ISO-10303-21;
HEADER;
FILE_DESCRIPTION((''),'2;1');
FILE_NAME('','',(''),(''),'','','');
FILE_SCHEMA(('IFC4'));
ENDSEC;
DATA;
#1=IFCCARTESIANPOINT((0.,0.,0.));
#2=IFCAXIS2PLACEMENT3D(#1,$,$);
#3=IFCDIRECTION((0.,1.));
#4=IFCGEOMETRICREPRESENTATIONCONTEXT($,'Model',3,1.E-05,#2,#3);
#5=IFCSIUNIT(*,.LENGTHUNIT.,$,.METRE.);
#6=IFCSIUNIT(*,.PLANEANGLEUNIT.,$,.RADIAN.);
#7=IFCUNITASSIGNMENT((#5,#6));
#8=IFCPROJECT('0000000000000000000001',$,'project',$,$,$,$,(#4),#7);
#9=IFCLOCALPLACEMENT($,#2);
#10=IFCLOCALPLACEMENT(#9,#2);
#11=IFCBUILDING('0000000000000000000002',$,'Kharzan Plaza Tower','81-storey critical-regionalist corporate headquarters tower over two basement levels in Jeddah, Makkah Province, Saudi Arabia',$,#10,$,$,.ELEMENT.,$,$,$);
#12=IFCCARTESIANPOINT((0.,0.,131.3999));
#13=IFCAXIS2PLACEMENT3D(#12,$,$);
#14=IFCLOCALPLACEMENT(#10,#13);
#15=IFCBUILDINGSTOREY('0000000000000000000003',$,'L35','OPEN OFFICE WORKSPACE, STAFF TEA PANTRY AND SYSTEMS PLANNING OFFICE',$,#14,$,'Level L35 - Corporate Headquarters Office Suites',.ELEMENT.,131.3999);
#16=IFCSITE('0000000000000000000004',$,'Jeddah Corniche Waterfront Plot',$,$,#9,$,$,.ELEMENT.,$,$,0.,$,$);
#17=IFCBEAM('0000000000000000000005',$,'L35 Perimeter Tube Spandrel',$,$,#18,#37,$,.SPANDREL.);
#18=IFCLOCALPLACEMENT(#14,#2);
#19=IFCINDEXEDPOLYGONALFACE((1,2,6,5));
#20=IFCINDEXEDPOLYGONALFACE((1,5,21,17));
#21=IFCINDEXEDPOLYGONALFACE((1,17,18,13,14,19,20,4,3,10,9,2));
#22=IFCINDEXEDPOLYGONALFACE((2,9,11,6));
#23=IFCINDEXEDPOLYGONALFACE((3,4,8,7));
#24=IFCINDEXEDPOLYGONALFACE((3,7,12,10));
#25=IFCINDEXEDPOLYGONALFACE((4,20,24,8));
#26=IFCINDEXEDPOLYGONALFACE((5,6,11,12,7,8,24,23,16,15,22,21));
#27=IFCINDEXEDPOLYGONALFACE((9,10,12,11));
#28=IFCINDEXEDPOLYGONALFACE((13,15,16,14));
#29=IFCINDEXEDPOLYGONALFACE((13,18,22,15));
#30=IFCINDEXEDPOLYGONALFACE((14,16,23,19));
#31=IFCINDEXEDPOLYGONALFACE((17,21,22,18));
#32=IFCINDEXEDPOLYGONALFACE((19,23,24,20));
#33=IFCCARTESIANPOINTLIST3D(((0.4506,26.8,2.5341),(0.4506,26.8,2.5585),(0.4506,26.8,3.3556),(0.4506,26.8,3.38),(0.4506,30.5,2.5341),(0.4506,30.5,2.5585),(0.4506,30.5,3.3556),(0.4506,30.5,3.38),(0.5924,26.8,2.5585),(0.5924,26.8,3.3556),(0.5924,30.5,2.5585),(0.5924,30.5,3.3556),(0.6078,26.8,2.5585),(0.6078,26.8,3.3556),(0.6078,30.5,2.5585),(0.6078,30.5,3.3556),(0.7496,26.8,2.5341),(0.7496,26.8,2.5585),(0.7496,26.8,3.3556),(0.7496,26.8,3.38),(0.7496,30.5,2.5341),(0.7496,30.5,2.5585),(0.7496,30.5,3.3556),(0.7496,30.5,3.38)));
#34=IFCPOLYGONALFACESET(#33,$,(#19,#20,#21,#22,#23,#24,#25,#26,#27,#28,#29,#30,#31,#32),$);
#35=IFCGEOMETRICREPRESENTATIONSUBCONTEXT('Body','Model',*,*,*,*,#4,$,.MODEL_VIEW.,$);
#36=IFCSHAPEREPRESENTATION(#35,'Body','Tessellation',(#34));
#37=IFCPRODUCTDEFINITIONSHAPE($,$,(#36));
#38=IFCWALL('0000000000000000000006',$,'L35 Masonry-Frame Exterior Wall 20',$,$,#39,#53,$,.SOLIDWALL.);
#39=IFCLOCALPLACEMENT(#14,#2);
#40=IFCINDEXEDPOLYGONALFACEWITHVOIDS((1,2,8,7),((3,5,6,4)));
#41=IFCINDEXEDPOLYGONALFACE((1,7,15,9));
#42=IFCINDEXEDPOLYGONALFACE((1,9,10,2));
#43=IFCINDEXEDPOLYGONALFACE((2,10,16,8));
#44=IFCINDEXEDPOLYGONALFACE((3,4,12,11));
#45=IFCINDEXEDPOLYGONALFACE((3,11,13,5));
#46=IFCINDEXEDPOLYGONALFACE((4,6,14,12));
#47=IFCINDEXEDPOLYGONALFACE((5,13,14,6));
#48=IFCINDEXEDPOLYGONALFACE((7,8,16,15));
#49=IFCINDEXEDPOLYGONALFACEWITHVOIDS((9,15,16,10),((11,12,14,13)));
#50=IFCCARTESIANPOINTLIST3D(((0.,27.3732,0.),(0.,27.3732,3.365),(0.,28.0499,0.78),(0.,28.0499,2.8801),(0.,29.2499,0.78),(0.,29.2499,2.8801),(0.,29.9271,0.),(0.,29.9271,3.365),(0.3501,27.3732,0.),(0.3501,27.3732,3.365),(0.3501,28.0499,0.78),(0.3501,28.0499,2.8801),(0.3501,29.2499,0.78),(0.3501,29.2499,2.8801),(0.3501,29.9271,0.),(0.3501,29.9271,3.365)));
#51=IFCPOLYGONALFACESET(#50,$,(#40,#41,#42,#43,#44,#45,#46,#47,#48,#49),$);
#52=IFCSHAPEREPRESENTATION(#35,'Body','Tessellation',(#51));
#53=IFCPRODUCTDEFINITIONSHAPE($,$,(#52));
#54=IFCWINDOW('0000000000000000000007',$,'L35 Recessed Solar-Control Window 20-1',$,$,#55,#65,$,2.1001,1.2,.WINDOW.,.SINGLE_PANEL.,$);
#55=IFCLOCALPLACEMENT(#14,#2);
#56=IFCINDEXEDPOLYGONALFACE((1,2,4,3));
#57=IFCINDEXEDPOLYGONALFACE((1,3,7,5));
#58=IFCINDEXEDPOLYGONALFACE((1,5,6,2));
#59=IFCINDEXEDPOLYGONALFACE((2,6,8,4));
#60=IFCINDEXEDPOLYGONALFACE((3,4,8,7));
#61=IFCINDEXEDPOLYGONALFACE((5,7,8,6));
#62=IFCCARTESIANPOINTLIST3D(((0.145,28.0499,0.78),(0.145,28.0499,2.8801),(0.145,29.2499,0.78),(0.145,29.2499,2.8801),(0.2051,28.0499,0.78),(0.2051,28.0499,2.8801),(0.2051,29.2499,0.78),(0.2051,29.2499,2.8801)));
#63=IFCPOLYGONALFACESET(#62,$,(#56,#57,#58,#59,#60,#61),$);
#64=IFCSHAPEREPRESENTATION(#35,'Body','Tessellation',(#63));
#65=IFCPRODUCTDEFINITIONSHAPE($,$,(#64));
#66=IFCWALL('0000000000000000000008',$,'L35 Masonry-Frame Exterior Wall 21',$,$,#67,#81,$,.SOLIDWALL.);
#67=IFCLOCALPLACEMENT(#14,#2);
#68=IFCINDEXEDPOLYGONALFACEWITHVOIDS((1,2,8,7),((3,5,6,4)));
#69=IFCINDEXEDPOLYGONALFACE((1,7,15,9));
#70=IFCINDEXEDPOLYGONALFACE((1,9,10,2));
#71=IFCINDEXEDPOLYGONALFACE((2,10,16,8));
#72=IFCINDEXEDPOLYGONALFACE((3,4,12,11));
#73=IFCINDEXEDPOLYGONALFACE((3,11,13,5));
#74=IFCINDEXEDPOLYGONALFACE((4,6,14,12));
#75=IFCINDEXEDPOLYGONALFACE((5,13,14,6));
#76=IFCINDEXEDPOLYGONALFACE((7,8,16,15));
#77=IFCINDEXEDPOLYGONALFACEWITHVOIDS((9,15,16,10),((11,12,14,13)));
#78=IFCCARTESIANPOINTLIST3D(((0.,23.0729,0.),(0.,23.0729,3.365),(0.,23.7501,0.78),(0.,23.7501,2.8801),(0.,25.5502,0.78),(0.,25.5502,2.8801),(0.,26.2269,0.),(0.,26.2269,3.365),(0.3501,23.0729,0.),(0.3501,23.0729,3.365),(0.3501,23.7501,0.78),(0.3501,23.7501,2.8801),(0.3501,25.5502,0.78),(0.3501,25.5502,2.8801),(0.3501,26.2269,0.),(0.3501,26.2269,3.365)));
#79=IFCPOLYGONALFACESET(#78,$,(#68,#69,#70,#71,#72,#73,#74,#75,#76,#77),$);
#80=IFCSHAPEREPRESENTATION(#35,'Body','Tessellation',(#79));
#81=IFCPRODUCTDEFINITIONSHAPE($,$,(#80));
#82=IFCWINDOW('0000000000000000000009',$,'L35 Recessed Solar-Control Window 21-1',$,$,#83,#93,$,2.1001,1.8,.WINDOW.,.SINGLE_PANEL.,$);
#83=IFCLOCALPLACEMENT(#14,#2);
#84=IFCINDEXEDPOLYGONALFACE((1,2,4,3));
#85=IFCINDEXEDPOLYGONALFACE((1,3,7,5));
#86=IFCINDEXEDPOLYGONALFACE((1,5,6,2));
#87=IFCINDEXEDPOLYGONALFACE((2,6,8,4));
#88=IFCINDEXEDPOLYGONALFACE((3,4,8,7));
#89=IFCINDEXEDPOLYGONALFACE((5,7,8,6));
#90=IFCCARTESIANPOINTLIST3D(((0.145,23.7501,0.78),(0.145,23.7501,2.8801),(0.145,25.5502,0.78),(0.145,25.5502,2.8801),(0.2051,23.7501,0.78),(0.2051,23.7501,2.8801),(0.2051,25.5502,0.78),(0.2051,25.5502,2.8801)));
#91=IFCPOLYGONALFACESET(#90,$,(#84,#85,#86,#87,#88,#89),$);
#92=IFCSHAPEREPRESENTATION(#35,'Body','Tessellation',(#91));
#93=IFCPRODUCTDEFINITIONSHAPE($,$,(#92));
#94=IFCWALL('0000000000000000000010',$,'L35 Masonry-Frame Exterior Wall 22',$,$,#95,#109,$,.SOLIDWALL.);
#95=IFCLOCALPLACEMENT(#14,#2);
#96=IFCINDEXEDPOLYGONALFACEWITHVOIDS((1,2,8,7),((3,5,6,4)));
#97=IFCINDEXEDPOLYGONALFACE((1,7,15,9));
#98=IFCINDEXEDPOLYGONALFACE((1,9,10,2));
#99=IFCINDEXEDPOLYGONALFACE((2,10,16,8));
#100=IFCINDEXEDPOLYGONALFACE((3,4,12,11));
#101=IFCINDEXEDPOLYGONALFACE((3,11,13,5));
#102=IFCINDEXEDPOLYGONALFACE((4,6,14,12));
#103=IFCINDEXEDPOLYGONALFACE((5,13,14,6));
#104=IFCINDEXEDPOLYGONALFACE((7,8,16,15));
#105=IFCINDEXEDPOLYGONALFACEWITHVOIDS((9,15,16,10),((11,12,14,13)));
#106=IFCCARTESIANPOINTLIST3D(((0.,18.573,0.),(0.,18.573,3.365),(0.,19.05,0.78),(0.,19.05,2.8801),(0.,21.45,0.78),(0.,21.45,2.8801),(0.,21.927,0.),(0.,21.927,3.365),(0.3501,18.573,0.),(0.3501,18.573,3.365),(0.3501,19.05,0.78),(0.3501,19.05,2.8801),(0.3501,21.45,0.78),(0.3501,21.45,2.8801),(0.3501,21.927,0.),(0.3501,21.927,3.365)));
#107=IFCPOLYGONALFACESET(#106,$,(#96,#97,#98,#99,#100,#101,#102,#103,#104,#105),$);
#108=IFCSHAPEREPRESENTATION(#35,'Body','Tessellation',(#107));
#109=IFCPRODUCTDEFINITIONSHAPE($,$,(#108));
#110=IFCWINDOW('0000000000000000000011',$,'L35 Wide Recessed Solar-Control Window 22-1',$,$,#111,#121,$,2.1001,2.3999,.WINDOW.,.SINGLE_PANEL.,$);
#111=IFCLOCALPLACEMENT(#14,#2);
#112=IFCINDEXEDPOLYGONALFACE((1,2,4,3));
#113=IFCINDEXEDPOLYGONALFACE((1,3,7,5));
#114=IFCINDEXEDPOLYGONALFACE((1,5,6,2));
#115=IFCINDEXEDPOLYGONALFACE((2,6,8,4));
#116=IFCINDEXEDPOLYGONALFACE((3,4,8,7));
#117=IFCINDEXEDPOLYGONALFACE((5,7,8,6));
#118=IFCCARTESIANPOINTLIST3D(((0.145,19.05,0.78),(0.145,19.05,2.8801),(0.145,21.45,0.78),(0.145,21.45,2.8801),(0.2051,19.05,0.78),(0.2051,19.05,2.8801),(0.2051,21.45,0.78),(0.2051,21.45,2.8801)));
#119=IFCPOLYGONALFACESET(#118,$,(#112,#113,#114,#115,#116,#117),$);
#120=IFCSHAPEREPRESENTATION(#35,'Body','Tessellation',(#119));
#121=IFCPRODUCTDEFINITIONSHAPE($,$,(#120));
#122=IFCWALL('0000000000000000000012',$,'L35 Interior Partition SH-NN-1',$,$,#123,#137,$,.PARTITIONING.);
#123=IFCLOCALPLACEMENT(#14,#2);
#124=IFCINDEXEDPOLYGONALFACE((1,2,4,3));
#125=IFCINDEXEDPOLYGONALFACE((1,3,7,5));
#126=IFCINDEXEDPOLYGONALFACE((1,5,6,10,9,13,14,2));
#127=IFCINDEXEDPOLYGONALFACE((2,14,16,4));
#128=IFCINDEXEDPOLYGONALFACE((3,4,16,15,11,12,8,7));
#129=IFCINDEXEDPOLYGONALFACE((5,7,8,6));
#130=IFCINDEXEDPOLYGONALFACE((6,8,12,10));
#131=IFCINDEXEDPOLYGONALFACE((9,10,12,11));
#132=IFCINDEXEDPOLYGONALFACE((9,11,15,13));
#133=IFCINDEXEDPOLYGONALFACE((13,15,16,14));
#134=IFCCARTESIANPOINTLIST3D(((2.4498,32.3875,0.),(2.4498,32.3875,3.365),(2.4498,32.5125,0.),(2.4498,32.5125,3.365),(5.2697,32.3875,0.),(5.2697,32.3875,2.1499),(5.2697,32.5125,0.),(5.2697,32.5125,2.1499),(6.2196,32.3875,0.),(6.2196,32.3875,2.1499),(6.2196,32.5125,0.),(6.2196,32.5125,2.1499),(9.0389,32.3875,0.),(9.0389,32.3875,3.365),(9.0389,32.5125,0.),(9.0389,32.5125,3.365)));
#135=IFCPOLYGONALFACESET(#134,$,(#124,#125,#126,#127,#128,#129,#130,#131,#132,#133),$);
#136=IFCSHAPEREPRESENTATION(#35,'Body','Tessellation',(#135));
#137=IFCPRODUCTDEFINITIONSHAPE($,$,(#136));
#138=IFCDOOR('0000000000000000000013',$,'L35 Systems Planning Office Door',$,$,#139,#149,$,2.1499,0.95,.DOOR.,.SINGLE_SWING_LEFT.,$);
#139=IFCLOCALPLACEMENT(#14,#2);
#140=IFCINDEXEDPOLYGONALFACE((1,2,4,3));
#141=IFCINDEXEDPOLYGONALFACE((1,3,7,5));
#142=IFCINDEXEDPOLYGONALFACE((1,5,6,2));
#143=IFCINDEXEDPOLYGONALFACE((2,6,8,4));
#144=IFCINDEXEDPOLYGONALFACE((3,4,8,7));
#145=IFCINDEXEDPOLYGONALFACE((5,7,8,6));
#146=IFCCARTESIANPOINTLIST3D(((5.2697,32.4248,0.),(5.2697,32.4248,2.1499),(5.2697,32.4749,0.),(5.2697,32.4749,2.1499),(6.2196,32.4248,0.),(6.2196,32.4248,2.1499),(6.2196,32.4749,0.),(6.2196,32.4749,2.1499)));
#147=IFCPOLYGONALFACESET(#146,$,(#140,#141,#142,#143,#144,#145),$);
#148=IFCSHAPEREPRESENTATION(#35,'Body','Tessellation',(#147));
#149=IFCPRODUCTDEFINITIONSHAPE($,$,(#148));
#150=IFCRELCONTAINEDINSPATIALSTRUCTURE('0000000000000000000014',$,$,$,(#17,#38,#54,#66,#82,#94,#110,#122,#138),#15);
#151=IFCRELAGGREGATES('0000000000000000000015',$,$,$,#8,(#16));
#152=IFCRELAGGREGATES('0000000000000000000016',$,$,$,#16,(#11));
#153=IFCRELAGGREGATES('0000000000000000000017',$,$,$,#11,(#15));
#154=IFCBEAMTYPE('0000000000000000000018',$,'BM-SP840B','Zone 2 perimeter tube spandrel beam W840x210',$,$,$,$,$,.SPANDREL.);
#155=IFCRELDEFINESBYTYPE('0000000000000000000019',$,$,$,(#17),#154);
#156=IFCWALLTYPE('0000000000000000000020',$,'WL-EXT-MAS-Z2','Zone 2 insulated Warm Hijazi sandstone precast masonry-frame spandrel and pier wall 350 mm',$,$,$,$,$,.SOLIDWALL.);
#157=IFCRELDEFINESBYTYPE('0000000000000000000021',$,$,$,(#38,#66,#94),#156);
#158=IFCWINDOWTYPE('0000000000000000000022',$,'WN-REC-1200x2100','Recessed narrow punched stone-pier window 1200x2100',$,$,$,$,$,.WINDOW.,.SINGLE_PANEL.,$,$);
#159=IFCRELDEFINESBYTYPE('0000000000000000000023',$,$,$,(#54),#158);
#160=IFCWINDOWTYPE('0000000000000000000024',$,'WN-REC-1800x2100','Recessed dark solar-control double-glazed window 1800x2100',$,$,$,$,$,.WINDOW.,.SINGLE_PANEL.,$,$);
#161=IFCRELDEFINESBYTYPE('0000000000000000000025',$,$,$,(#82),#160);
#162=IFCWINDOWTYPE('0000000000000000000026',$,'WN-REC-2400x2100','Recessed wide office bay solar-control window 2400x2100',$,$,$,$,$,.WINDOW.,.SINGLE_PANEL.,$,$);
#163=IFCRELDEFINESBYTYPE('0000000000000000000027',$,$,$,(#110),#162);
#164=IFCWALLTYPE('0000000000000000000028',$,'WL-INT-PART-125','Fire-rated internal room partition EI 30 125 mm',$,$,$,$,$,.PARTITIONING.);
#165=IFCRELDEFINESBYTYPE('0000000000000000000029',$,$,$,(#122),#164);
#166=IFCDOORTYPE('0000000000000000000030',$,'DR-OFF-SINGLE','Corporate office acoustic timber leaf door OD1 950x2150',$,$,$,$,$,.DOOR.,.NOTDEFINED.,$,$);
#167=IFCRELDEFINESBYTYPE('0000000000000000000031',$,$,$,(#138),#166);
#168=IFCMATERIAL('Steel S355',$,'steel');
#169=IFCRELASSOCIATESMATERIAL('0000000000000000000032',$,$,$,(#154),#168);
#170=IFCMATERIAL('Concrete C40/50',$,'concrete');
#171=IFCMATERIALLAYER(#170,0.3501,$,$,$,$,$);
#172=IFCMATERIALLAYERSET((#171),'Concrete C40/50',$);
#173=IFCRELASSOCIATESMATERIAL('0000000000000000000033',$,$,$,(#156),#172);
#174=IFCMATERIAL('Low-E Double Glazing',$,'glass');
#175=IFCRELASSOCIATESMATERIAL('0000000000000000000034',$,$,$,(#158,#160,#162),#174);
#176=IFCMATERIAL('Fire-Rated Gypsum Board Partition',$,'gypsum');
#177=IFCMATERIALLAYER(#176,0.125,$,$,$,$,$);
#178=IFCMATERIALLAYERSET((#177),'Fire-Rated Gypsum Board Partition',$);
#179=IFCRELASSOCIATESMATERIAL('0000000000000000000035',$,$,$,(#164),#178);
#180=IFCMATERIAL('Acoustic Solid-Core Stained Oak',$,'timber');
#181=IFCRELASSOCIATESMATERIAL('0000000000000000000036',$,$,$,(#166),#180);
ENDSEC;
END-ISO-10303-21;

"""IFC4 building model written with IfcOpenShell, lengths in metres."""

from ifc_helpers import new_model, si_unit, direction, frame, frame_2d, origin, origin_2d, place, context, subcontext, project, spatial, rectangle, i_section, extrude, source, transform, mapped, material, layer, layer_set, material_profile, profile_set, type_object, element, fill, save


model = new_model("IFC4")

# Units and contexts
model_context = context("Model", 3, precision=1e-05, world=origin(), true_north=direction((0.0, 1.0)))
body_context = subcontext(model_context, "Body", "Model", "MODEL_VIEW")
ifc_project = project(units=[si_unit("LENGTHUNIT", "METRE"), si_unit("PLANEANGLEUNIT", "RADIAN")], contexts=[model_context])

# Site, building, storey
site_placement = place(None, origin())
site = spatial("IfcSite", under=ifc_project, at=site_placement, Name="Jeddah Corniche Waterfront Plot", CompositionType="ELEMENT", RefElevation=0.0)
building_placement = place(site_placement, origin())
building = spatial("IfcBuilding", under=site, at=building_placement, Name="Kharzan Plaza Tower", Description="81-storey critical-regionalist corporate headquarters tower over two basement levels in Jeddah, Makkah Province, Saudi Arabia", CompositionType="ELEMENT")
storey_placement = place(building_placement, frame((0.0, 0.0, 131.3999)))
storey = spatial("IfcBuildingStorey", under=building, at=storey_placement, Name="L35", Description="OPEN OFFICE WORKSPACE, STAFF TEA PANTRY AND SYSTEMS PLANNING OFFICE", LongName="Level L35 - Corporate Headquarters Office Suites", CompositionType="ELEMENT", Elevation=131.3999)

# Beam
ifc_material_1 = material(Name="Steel S355", Category="steel")
ifc_material_profile_1 = material_profile(ifc_material_1, i_section(OverallWidth=0.2991, OverallDepth=0.8459, WebThickness=0.0154, FlangeThickness=0.0244, at=origin_2d()), Name="W840x210")
ifc_profile_set_1 = profile_set([ifc_material_profile_1], Name="Steel S355")
beam_type_1 = type_object("IfcBeamType", Name="BM-SP840B", Description="Zone 2 perimeter tube spandrel beam W840x210", PredefinedType="SPANDREL", material=ifc_profile_set_1)
shared_shape_1 = source(origin(), body_context, "Body", "SweptSolid", [
    extrude(i_section(OverallWidth=0.2991, OverallDepth=0.8459, WebThickness=0.0154, FlangeThickness=0.0244, at=origin_2d()), origin(), (0.0, 0.0, 1.0), 3.7),
])
beam_1_placement = place(storey_placement, frame((0.6001, 26.8, 2.957), z_axis=(0.0, 1.0, 0.0), x_axis=(-1.0, 0.0, 0.0)))
element("IfcBeam", 1, at=beam_1_placement, inside=storey, type_object=beam_type_1, Name="L35 Perimeter Tube Spandrel", PredefinedType="SPANDREL", context=body_context, shape_type="MappedRepresentation", body=[
    mapped(shared_shape_1, transform((0.0, 0.0, 0.0), x_axis=(1.0, 0.0, 0.0), y_axis=(0.0, 1.0, 0.0), z_axis=(0.0, 0.0, 1.0))),
])

# Walls, openings, windows
ifc_material_2 = material(Name="Concrete C40/50", Category="concrete")
ifc_layer_1 = layer(ifc_material_2, 0.3501)
ifc_layer_set_1 = layer_set([ifc_layer_1], Name="Concrete C40/50")
wall_type_1 = type_object("IfcWallType", Name="WL-EXT-MAS-Z2", Description="Zone 2 insulated Warm Hijazi sandstone precast masonry-frame spandrel and pier wall 350 mm", PredefinedType="SOLIDWALL", material=ifc_layer_set_1)
wall_1_placement = place(storey_placement, frame((0.175, 29.927, 0.0), z_axis=(0.0, 0.0, 1.0), x_axis=(0.0, -1.0, 0.0)))
wall_1 = element("IfcWall", 2, at=wall_1_placement, inside=storey, type_object=wall_type_1, Name="L35 Masonry-Frame Exterior Wall 20", PredefinedType="SOLIDWALL", context=body_context, shape_type="SweptSolid", body=[
    extrude(rectangle(XDim=2.554, YDim=0.3501, at=frame_2d((1.2769, 0.0))), origin(), (0.0, 0.0, 1.0), 3.365),
])
opening_1_placement = place(wall_1_placement, frame((0.677, 0.0, 0.78)))
opening_1 = element("IfcOpeningElement", 3, at=opening_1_placement, cuts=wall_1, PredefinedType="OPENING", context=body_context, shape_type="SweptSolid", body=[
    extrude(rectangle(XDim=1.2, YDim=2.1001, at=frame_2d((0.6001, 1.05))), frame((0.0, 0.1851, 0.0), z_axis=(0.0, -1.0, 0.0), x_axis=(1.0, 0.0, 0.0)), (0.0, 0.0, 1.0), 0.3701),
])
ifc_material_3 = material(Name="Low-E Double Glazing", Category="glass")
window_type_1 = type_object("IfcWindowType", Name="WN-REC-1200x2100", Description="Recessed narrow punched stone-pier window 1200x2100", PartitioningType="SINGLE_PANEL", PredefinedType="WINDOW", material=ifc_material_3)
shared_shape_2 = source(origin(), body_context, "Body", "SweptSolid", [
    extrude(rectangle(XDim=1.2, YDim=2.1001, at=frame_2d((0.6001, 1.05))), frame((0.0, 0.03, 0.0), z_axis=(0.0, -1.0, 0.0), x_axis=(1.0, 0.0, 0.0)), (0.0, 0.0, 1.0), 0.0601),
])
window_1_placement = place(opening_1_placement, origin())
window_1 = element("IfcWindow", 4, at=window_1_placement, inside=storey, type_object=window_type_1, Name="L35 Recessed Solar-Control Window 20-1", OverallHeight=2.1001, OverallWidth=1.2, PartitioningType="SINGLE_PANEL", PredefinedType="WINDOW", context=body_context, shape_type="MappedRepresentation", body=[
    mapped(shared_shape_2, transform((0.0, 0.0, 0.0), x_axis=(1.0, 0.0, 0.0), y_axis=(0.0, 1.0, 0.0), z_axis=(0.0, 0.0, 1.0))),
])
fill(opening_1, window_1)
wall_2_placement = place(storey_placement, frame((0.175, 26.2271, 0.0), z_axis=(0.0, 0.0, 1.0), x_axis=(0.0, -1.0, 0.0)))
wall_2 = element("IfcWall", 5, at=wall_2_placement, inside=storey, type_object=wall_type_1, Name="L35 Masonry-Frame Exterior Wall 21", PredefinedType="SOLIDWALL", context=body_context, shape_type="SweptSolid", body=[
    extrude(rectangle(XDim=3.1541, YDim=0.3501, at=frame_2d((1.5771, 0.0))), origin(), (0.0, 0.0, 1.0), 3.365),
])
opening_2_placement = place(wall_2_placement, frame((0.677, 0.0, 0.78)))
opening_2 = element("IfcOpeningElement", 6, at=opening_2_placement, cuts=wall_2, PredefinedType="OPENING", context=body_context, shape_type="SweptSolid", body=[
    extrude(rectangle(XDim=1.8, YDim=2.1001, at=frame_2d((0.8999, 1.05))), frame((0.0, 0.1851, 0.0), z_axis=(0.0, -1.0, 0.0), x_axis=(1.0, 0.0, 0.0)), (0.0, 0.0, 1.0), 0.3701),
])
window_type_2 = type_object("IfcWindowType", Name="WN-REC-1800x2100", Description="Recessed dark solar-control double-glazed window 1800x2100", PartitioningType="SINGLE_PANEL", PredefinedType="WINDOW", material=ifc_material_3)
shared_shape_3 = source(origin(), body_context, "Body", "SweptSolid", [
    extrude(rectangle(XDim=1.8, YDim=2.1001, at=frame_2d((0.8999, 1.05))), frame((0.0, 0.03, 0.0), z_axis=(0.0, -1.0, 0.0), x_axis=(1.0, 0.0, 0.0)), (0.0, 0.0, 1.0), 0.0601),
])
window_2_placement = place(opening_2_placement, origin())
window_2 = element("IfcWindow", 7, at=window_2_placement, inside=storey, type_object=window_type_2, Name="L35 Recessed Solar-Control Window 21-1", OverallHeight=2.1001, OverallWidth=1.8, PartitioningType="SINGLE_PANEL", PredefinedType="WINDOW", context=body_context, shape_type="MappedRepresentation", body=[
    mapped(shared_shape_3, transform((0.0, 0.0, 0.0), x_axis=(1.0, 0.0, 0.0), y_axis=(0.0, 1.0, 0.0), z_axis=(0.0, 0.0, 1.0))),
])
fill(opening_2, window_2)
wall_3_placement = place(storey_placement, frame((0.175, 21.927, 0.0), z_axis=(0.0, 0.0, 1.0), x_axis=(0.0, -1.0, 0.0)))
wall_3 = element("IfcWall", 8, at=wall_3_placement, inside=storey, type_object=wall_type_1, Name="L35 Masonry-Frame Exterior Wall 22", PredefinedType="SOLIDWALL", context=body_context, shape_type="SweptSolid", body=[
    extrude(rectangle(XDim=3.354, YDim=0.3501, at=frame_2d((1.677, 0.0))), origin(), (0.0, 0.0, 1.0), 3.365),
])
opening_3_placement = place(wall_3_placement, frame((0.4771, 0.0, 0.78)))
opening_3 = element("IfcOpeningElement", 9, at=opening_3_placement, cuts=wall_3, PredefinedType="OPENING", context=body_context, shape_type="SweptSolid", body=[
    extrude(rectangle(XDim=2.3999, YDim=2.1001, at=frame_2d((1.2, 1.05))), frame((0.0, 0.1851, 0.0), z_axis=(0.0, -1.0, 0.0), x_axis=(1.0, 0.0, 0.0)), (0.0, 0.0, 1.0), 0.3701),
])
window_type_3 = type_object("IfcWindowType", Name="WN-REC-2400x2100", Description="Recessed wide office bay solar-control window 2400x2100", PartitioningType="SINGLE_PANEL", PredefinedType="WINDOW", material=ifc_material_3)
shared_shape_4 = source(origin(), body_context, "Body", "SweptSolid", [
    extrude(rectangle(XDim=2.3999, YDim=2.1001, at=frame_2d((1.2, 1.05))), frame((0.0, 0.03, 0.0), z_axis=(0.0, -1.0, 0.0), x_axis=(1.0, 0.0, 0.0)), (0.0, 0.0, 1.0), 0.0601),
])
window_3_placement = place(opening_3_placement, origin())
window_3 = element("IfcWindow", 10, at=window_3_placement, inside=storey, type_object=window_type_3, Name="L35 Wide Recessed Solar-Control Window 22-1", OverallHeight=2.1001, OverallWidth=2.3999, PartitioningType="SINGLE_PANEL", PredefinedType="WINDOW", context=body_context, shape_type="MappedRepresentation", body=[
    mapped(shared_shape_4, transform((0.0, 0.0, 0.0), x_axis=(1.0, 0.0, 0.0), y_axis=(0.0, 1.0, 0.0), z_axis=(0.0, 0.0, 1.0))),
])
fill(opening_3, window_3)

# Wall, opening, door
ifc_material_4 = material(Name="Fire-Rated Gypsum Board Partition", Category="gypsum")
ifc_layer_2 = layer(ifc_material_4, 0.125)
ifc_layer_set_2 = layer_set([ifc_layer_2], Name="Fire-Rated Gypsum Board Partition")
wall_type_2 = type_object("IfcWallType", Name="WL-INT-PART-125", Description="Fire-rated internal room partition EI 30 125 mm", PredefinedType="PARTITIONING", material=ifc_layer_set_2)
wall_4_placement = place(storey_placement, frame((2.45, 32.45, 0.0), z_axis=(0.0, 0.0, 1.0), x_axis=(1.0, 0.0, 0.0)))
wall_4 = element("IfcWall", 11, at=wall_4_placement, inside=storey, type_object=wall_type_2, Name="L35 Interior Partition SH-NN-1", PredefinedType="PARTITIONING", context=body_context, shape_type="SweptSolid", body=[
    extrude(rectangle(XDim=6.5891, YDim=0.125, at=frame_2d((3.2944, 0.0))), origin(), (0.0, 0.0, 1.0), 3.365),
])
opening_4_placement = place(wall_4_placement, frame((2.8196, 0.0, 0.0)))
opening_4 = element("IfcOpeningElement", 12, at=opening_4_placement, cuts=wall_4, PredefinedType="OPENING", context=body_context, shape_type="SweptSolid", body=[
    extrude(rectangle(XDim=0.95, YDim=2.1499, at=frame_2d((0.4751, 1.075))), frame((0.0, 0.0725, 0.0), z_axis=(0.0, -1.0, 0.0), x_axis=(1.0, 0.0, 0.0)), (0.0, 0.0, 1.0), 0.145),
])
ifc_material_5 = material(Name="Acoustic Solid-Core Stained Oak", Category="timber")
door_type_1 = type_object("IfcDoorType", Name="DR-OFF-SINGLE", Description="Corporate office acoustic timber leaf door OD1 950x2150", OperationType="NOTDEFINED", PredefinedType="DOOR", material=ifc_material_5)
shared_shape_5 = source(origin(), body_context, "Body", "SweptSolid", [
    extrude(rectangle(XDim=0.95, YDim=2.1499, at=frame_2d((0.4751, 1.075))), frame((0.0, 0.0249, 0.0), z_axis=(0.0, -1.0, 0.0), x_axis=(1.0, 0.0, 0.0)), (0.0, 0.0, 1.0), 0.05),
])
door_1_placement = place(opening_4_placement, origin())
door_1 = element("IfcDoor", 13, at=door_1_placement, inside=storey, type_object=door_type_1, Name="L35 Systems Planning Office Door", OperationType="SINGLE_SWING_LEFT", OverallHeight=2.1499, OverallWidth=0.95, PredefinedType="DOOR", context=body_context, shape_type="MappedRepresentation", body=[
    mapped(shared_shape_5, transform((0.0, 0.0, 0.0), x_axis=(1.0, 0.0, 0.0), y_axis=(0.0, 1.0, 0.0), z_axis=(0.0, 0.0, 1.0))),
])
fill(opening_4, door_1)

save(model, "model.ifc")
